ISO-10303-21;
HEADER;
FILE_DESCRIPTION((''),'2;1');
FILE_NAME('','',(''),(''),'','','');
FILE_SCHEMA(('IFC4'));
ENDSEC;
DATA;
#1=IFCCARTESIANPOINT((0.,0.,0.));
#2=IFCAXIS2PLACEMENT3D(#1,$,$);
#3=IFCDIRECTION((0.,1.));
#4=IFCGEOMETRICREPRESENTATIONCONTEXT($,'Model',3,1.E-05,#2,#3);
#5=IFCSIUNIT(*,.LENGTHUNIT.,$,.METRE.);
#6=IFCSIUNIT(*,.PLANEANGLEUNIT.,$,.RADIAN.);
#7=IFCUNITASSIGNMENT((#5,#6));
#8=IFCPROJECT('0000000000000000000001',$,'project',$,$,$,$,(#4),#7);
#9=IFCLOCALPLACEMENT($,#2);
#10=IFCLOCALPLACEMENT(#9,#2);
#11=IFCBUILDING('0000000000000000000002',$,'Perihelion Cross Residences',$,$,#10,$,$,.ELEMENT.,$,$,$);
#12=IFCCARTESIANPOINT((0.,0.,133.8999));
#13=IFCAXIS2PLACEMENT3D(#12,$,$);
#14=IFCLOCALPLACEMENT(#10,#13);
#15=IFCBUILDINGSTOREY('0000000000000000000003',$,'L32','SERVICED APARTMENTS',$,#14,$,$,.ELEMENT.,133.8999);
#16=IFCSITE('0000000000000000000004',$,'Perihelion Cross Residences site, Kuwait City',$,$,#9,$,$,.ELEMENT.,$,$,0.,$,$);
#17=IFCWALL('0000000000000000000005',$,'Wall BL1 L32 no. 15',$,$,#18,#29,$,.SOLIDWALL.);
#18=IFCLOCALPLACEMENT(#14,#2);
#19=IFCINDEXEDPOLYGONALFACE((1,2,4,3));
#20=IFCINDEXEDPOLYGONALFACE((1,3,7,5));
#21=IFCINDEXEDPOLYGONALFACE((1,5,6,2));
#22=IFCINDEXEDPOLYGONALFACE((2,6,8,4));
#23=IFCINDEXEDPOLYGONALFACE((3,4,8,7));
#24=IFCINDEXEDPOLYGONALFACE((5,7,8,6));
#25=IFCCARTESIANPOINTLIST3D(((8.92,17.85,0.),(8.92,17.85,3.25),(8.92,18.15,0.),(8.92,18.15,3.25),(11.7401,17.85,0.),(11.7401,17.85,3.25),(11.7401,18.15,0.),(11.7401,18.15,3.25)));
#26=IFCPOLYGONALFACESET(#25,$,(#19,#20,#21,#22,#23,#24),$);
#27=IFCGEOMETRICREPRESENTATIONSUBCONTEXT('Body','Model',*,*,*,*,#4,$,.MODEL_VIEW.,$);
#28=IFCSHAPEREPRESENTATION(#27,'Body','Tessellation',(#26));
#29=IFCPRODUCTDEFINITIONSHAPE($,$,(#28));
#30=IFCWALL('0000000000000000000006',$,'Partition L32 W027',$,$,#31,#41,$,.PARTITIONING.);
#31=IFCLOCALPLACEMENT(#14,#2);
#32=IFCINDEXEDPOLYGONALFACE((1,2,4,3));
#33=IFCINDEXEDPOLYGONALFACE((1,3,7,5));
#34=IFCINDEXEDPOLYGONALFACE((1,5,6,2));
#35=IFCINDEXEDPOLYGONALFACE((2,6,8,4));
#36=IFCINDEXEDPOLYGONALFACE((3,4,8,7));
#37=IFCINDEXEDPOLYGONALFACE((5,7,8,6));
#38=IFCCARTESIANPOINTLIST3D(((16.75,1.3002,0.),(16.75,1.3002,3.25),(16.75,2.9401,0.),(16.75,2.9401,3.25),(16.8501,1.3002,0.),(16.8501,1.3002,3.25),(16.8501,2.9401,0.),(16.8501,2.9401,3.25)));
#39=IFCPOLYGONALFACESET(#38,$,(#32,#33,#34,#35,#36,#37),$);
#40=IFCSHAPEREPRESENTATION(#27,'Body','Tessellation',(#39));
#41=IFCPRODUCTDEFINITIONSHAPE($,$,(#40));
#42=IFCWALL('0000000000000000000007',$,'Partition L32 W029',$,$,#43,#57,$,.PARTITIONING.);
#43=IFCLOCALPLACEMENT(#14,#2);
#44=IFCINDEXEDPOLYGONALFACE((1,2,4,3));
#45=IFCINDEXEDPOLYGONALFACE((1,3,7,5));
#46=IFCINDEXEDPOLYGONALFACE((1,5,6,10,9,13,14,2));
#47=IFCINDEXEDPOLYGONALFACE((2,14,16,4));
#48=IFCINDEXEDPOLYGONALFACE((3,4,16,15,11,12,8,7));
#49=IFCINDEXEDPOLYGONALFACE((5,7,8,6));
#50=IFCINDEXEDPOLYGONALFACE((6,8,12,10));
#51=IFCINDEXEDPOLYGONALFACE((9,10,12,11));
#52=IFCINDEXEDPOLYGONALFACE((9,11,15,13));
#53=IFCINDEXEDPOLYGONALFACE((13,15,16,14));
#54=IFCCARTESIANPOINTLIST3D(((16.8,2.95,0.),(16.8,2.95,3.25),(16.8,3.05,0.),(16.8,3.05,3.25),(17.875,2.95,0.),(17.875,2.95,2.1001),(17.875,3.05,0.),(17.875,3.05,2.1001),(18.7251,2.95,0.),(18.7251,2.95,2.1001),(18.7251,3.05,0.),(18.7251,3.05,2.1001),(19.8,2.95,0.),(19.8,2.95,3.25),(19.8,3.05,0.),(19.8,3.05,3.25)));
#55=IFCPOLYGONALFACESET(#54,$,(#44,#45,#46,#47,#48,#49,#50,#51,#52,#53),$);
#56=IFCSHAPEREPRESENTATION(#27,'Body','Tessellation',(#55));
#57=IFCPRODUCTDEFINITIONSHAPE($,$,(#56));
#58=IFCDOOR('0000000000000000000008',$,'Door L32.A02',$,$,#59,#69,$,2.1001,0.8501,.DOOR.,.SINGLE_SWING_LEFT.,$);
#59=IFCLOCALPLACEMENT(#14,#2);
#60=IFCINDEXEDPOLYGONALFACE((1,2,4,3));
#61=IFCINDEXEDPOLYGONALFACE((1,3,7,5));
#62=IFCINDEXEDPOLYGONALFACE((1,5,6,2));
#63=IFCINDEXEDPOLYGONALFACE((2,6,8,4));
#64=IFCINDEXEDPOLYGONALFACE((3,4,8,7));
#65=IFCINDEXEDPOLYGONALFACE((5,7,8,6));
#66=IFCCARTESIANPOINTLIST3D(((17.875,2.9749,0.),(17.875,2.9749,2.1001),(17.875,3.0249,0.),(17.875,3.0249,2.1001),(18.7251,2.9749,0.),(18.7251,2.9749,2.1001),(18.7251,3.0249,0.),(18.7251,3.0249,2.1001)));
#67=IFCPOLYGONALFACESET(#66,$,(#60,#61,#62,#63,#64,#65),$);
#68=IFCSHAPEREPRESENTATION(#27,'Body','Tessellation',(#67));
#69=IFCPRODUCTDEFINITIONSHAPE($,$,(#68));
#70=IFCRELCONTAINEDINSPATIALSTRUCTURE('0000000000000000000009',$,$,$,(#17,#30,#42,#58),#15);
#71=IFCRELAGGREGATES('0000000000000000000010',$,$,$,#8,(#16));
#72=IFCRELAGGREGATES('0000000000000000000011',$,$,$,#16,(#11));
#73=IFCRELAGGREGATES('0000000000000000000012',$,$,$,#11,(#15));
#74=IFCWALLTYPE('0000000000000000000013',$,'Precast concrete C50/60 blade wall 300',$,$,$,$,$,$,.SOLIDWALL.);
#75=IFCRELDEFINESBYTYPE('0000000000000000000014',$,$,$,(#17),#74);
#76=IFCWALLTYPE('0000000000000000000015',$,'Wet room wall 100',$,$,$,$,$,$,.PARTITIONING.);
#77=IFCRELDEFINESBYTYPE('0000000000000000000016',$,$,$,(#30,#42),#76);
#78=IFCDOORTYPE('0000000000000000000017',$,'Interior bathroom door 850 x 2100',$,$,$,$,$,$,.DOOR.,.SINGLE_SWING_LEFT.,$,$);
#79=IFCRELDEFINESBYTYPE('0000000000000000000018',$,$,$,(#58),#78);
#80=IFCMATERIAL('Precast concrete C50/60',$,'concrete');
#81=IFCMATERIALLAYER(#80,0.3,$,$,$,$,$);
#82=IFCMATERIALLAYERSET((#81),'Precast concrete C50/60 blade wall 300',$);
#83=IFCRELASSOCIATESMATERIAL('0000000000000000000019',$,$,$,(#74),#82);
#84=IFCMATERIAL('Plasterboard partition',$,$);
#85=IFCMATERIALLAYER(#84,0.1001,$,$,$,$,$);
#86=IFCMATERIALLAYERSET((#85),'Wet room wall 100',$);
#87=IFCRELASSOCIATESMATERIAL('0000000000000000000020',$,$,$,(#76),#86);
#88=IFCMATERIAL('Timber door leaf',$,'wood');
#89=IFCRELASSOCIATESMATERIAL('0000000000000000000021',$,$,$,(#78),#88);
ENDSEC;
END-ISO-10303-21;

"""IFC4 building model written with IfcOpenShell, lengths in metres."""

from ifc_helpers import new_model, si_unit, direction, frame, frame_2d, origin, place, context, subcontext, project, spatial, rectangle, extrude, material, layer, layer_set, type_object, element, fill, save


model = new_model("IFC4")

# Units and contexts
model_context = context("Model", 3, precision=1e-05, world=origin(), true_north=direction((0.0, 1.0)))
body_context = subcontext(model_context, "Body", "Model", "MODEL_VIEW")
ifc_project = project(units=[si_unit("LENGTHUNIT", "METRE"), si_unit("PLANEANGLEUNIT", "RADIAN")], contexts=[model_context])

# Site, building, storey
site_placement = place(None, origin())
site = spatial("IfcSite", under=ifc_project, at=site_placement, Name="Perihelion Cross Residences site, Kuwait City", CompositionType="ELEMENT", RefElevation=0.0)
building_placement = place(site_placement, origin())
building = spatial("IfcBuilding", under=site, at=building_placement, Name="Perihelion Cross Residences", CompositionType="ELEMENT")
storey_placement = place(building_placement, frame((0.0, 0.0, 133.8999)))
storey = spatial("IfcBuildingStorey", under=building, at=storey_placement, Name="L32", Description="SERVICED APARTMENTS", CompositionType="ELEMENT", Elevation=133.8999)

# Walls
ifc_material_1 = material(Name="Precast concrete C50/60", Category="concrete")
ifc_layer_1 = layer(ifc_material_1, 0.3)
ifc_layer_set_1 = layer_set([ifc_layer_1], Name="Precast concrete C50/60 blade wall 300")
wall_type_1 = type_object("IfcWallType", Name="Precast concrete C50/60 blade wall 300", PredefinedType="SOLIDWALL", material=ifc_layer_set_1)
wall_1_placement = place(storey_placement, frame((8.9199, 18.0, 0.0), z_axis=(0.0, 0.0, 1.0), x_axis=(1.0, 0.0, 0.0)))
element("IfcWall", 1, at=wall_1_placement, inside=storey, type_object=wall_type_1, Name="Wall BL1 L32 no. 15", PredefinedType="SOLIDWALL", context=body_context, shape_type="SweptSolid", body=[
    extrude(rectangle(XDim=2.8201, YDim=0.3, at=frame_2d((1.4102, 0.0))), origin(), (0.0, 0.0, 1.0), 3.25),
])
ifc_material_2 = material(Name="Plasterboard partition")
ifc_layer_2 = layer(ifc_material_2, 0.1001)
ifc_layer_set_2 = layer_set([ifc_layer_2], Name="Wet room wall 100")
wall_type_2 = type_object("IfcWallType", Name="Wet room wall 100", PredefinedType="PARTITIONING", material=ifc_layer_set_2)
wall_2_placement = place(storey_placement, frame((16.8, 2.9399, 0.0), z_axis=(0.0, 0.0, 1.0), x_axis=(0.0, -1.0, 0.0)))
element("IfcWall", 2, at=wall_2_placement, inside=storey, type_object=wall_type_2, Name="Partition L32 W027", PredefinedType="PARTITIONING", context=body_context, shape_type="SweptSolid", body=[
    extrude(rectangle(XDim=1.6399, YDim=0.1001, at=frame_2d((0.8198, 0.0))), origin(), (0.0, 0.0, 1.0), 3.25),
])

# Wall, opening, door
wall_3_placement = place(storey_placement, frame((16.8, 3.0, 0.0), z_axis=(0.0, 0.0, 1.0), x_axis=(1.0, 0.0, 0.0)))
wall_3 = element("IfcWall", 3, at=wall_3_placement, inside=storey, type_object=wall_type_2, Name="Partition L32 W029", PredefinedType="PARTITIONING", context=body_context, shape_type="SweptSolid", body=[
    extrude(rectangle(XDim=3.0, YDim=0.1001, at=frame_2d((1.5, 0.0))), origin(), (0.0, 0.0, 1.0), 3.25),
])
opening_1_placement = place(wall_3_placement, frame((1.075, 0.0, 0.0)))
opening_1 = element("IfcOpeningElement", 4, at=opening_1_placement, cuts=wall_3, PredefinedType="OPENING", context=body_context, shape_type="SweptSolid", body=[
    extrude(rectangle(XDim=0.8501, YDim=2.1001, at=frame_2d((0.425, 1.05))), frame((0.0, 0.0601, 0.0), z_axis=(0.0, -1.0, 0.0), x_axis=(1.0, 0.0, 0.0)), (0.0, 0.0, 1.0), 0.1201),
])
ifc_material_3 = material(Name="Timber door leaf", Category="wood")
door_type_1 = type_object("IfcDoorType", Name="Interior bathroom door 850 x 2100", OperationType="SINGLE_SWING_LEFT", PredefinedType="DOOR", material=ifc_material_3)
door_1_placement = place(opening_1_placement, origin())
door_1 = element("IfcDoor", 5, at=door_1_placement, inside=storey, type_object=door_type_1, Name="Door L32.A02", OperationType="SINGLE_SWING_LEFT", OverallHeight=2.1001, OverallWidth=0.8501, PredefinedType="DOOR", context=body_context, shape_type="SweptSolid", body=[
    extrude(rectangle(XDim=0.8501, YDim=2.1001, at=frame_2d((0.425, 1.05))), frame((0.0, 0.0249, 0.0), z_axis=(0.0, -1.0, 0.0), x_axis=(1.0, 0.0, 0.0)), (0.0, 0.0, 1.0), 0.05),
])
fill(opening_1, door_1)

save(model, "model.ifc")
